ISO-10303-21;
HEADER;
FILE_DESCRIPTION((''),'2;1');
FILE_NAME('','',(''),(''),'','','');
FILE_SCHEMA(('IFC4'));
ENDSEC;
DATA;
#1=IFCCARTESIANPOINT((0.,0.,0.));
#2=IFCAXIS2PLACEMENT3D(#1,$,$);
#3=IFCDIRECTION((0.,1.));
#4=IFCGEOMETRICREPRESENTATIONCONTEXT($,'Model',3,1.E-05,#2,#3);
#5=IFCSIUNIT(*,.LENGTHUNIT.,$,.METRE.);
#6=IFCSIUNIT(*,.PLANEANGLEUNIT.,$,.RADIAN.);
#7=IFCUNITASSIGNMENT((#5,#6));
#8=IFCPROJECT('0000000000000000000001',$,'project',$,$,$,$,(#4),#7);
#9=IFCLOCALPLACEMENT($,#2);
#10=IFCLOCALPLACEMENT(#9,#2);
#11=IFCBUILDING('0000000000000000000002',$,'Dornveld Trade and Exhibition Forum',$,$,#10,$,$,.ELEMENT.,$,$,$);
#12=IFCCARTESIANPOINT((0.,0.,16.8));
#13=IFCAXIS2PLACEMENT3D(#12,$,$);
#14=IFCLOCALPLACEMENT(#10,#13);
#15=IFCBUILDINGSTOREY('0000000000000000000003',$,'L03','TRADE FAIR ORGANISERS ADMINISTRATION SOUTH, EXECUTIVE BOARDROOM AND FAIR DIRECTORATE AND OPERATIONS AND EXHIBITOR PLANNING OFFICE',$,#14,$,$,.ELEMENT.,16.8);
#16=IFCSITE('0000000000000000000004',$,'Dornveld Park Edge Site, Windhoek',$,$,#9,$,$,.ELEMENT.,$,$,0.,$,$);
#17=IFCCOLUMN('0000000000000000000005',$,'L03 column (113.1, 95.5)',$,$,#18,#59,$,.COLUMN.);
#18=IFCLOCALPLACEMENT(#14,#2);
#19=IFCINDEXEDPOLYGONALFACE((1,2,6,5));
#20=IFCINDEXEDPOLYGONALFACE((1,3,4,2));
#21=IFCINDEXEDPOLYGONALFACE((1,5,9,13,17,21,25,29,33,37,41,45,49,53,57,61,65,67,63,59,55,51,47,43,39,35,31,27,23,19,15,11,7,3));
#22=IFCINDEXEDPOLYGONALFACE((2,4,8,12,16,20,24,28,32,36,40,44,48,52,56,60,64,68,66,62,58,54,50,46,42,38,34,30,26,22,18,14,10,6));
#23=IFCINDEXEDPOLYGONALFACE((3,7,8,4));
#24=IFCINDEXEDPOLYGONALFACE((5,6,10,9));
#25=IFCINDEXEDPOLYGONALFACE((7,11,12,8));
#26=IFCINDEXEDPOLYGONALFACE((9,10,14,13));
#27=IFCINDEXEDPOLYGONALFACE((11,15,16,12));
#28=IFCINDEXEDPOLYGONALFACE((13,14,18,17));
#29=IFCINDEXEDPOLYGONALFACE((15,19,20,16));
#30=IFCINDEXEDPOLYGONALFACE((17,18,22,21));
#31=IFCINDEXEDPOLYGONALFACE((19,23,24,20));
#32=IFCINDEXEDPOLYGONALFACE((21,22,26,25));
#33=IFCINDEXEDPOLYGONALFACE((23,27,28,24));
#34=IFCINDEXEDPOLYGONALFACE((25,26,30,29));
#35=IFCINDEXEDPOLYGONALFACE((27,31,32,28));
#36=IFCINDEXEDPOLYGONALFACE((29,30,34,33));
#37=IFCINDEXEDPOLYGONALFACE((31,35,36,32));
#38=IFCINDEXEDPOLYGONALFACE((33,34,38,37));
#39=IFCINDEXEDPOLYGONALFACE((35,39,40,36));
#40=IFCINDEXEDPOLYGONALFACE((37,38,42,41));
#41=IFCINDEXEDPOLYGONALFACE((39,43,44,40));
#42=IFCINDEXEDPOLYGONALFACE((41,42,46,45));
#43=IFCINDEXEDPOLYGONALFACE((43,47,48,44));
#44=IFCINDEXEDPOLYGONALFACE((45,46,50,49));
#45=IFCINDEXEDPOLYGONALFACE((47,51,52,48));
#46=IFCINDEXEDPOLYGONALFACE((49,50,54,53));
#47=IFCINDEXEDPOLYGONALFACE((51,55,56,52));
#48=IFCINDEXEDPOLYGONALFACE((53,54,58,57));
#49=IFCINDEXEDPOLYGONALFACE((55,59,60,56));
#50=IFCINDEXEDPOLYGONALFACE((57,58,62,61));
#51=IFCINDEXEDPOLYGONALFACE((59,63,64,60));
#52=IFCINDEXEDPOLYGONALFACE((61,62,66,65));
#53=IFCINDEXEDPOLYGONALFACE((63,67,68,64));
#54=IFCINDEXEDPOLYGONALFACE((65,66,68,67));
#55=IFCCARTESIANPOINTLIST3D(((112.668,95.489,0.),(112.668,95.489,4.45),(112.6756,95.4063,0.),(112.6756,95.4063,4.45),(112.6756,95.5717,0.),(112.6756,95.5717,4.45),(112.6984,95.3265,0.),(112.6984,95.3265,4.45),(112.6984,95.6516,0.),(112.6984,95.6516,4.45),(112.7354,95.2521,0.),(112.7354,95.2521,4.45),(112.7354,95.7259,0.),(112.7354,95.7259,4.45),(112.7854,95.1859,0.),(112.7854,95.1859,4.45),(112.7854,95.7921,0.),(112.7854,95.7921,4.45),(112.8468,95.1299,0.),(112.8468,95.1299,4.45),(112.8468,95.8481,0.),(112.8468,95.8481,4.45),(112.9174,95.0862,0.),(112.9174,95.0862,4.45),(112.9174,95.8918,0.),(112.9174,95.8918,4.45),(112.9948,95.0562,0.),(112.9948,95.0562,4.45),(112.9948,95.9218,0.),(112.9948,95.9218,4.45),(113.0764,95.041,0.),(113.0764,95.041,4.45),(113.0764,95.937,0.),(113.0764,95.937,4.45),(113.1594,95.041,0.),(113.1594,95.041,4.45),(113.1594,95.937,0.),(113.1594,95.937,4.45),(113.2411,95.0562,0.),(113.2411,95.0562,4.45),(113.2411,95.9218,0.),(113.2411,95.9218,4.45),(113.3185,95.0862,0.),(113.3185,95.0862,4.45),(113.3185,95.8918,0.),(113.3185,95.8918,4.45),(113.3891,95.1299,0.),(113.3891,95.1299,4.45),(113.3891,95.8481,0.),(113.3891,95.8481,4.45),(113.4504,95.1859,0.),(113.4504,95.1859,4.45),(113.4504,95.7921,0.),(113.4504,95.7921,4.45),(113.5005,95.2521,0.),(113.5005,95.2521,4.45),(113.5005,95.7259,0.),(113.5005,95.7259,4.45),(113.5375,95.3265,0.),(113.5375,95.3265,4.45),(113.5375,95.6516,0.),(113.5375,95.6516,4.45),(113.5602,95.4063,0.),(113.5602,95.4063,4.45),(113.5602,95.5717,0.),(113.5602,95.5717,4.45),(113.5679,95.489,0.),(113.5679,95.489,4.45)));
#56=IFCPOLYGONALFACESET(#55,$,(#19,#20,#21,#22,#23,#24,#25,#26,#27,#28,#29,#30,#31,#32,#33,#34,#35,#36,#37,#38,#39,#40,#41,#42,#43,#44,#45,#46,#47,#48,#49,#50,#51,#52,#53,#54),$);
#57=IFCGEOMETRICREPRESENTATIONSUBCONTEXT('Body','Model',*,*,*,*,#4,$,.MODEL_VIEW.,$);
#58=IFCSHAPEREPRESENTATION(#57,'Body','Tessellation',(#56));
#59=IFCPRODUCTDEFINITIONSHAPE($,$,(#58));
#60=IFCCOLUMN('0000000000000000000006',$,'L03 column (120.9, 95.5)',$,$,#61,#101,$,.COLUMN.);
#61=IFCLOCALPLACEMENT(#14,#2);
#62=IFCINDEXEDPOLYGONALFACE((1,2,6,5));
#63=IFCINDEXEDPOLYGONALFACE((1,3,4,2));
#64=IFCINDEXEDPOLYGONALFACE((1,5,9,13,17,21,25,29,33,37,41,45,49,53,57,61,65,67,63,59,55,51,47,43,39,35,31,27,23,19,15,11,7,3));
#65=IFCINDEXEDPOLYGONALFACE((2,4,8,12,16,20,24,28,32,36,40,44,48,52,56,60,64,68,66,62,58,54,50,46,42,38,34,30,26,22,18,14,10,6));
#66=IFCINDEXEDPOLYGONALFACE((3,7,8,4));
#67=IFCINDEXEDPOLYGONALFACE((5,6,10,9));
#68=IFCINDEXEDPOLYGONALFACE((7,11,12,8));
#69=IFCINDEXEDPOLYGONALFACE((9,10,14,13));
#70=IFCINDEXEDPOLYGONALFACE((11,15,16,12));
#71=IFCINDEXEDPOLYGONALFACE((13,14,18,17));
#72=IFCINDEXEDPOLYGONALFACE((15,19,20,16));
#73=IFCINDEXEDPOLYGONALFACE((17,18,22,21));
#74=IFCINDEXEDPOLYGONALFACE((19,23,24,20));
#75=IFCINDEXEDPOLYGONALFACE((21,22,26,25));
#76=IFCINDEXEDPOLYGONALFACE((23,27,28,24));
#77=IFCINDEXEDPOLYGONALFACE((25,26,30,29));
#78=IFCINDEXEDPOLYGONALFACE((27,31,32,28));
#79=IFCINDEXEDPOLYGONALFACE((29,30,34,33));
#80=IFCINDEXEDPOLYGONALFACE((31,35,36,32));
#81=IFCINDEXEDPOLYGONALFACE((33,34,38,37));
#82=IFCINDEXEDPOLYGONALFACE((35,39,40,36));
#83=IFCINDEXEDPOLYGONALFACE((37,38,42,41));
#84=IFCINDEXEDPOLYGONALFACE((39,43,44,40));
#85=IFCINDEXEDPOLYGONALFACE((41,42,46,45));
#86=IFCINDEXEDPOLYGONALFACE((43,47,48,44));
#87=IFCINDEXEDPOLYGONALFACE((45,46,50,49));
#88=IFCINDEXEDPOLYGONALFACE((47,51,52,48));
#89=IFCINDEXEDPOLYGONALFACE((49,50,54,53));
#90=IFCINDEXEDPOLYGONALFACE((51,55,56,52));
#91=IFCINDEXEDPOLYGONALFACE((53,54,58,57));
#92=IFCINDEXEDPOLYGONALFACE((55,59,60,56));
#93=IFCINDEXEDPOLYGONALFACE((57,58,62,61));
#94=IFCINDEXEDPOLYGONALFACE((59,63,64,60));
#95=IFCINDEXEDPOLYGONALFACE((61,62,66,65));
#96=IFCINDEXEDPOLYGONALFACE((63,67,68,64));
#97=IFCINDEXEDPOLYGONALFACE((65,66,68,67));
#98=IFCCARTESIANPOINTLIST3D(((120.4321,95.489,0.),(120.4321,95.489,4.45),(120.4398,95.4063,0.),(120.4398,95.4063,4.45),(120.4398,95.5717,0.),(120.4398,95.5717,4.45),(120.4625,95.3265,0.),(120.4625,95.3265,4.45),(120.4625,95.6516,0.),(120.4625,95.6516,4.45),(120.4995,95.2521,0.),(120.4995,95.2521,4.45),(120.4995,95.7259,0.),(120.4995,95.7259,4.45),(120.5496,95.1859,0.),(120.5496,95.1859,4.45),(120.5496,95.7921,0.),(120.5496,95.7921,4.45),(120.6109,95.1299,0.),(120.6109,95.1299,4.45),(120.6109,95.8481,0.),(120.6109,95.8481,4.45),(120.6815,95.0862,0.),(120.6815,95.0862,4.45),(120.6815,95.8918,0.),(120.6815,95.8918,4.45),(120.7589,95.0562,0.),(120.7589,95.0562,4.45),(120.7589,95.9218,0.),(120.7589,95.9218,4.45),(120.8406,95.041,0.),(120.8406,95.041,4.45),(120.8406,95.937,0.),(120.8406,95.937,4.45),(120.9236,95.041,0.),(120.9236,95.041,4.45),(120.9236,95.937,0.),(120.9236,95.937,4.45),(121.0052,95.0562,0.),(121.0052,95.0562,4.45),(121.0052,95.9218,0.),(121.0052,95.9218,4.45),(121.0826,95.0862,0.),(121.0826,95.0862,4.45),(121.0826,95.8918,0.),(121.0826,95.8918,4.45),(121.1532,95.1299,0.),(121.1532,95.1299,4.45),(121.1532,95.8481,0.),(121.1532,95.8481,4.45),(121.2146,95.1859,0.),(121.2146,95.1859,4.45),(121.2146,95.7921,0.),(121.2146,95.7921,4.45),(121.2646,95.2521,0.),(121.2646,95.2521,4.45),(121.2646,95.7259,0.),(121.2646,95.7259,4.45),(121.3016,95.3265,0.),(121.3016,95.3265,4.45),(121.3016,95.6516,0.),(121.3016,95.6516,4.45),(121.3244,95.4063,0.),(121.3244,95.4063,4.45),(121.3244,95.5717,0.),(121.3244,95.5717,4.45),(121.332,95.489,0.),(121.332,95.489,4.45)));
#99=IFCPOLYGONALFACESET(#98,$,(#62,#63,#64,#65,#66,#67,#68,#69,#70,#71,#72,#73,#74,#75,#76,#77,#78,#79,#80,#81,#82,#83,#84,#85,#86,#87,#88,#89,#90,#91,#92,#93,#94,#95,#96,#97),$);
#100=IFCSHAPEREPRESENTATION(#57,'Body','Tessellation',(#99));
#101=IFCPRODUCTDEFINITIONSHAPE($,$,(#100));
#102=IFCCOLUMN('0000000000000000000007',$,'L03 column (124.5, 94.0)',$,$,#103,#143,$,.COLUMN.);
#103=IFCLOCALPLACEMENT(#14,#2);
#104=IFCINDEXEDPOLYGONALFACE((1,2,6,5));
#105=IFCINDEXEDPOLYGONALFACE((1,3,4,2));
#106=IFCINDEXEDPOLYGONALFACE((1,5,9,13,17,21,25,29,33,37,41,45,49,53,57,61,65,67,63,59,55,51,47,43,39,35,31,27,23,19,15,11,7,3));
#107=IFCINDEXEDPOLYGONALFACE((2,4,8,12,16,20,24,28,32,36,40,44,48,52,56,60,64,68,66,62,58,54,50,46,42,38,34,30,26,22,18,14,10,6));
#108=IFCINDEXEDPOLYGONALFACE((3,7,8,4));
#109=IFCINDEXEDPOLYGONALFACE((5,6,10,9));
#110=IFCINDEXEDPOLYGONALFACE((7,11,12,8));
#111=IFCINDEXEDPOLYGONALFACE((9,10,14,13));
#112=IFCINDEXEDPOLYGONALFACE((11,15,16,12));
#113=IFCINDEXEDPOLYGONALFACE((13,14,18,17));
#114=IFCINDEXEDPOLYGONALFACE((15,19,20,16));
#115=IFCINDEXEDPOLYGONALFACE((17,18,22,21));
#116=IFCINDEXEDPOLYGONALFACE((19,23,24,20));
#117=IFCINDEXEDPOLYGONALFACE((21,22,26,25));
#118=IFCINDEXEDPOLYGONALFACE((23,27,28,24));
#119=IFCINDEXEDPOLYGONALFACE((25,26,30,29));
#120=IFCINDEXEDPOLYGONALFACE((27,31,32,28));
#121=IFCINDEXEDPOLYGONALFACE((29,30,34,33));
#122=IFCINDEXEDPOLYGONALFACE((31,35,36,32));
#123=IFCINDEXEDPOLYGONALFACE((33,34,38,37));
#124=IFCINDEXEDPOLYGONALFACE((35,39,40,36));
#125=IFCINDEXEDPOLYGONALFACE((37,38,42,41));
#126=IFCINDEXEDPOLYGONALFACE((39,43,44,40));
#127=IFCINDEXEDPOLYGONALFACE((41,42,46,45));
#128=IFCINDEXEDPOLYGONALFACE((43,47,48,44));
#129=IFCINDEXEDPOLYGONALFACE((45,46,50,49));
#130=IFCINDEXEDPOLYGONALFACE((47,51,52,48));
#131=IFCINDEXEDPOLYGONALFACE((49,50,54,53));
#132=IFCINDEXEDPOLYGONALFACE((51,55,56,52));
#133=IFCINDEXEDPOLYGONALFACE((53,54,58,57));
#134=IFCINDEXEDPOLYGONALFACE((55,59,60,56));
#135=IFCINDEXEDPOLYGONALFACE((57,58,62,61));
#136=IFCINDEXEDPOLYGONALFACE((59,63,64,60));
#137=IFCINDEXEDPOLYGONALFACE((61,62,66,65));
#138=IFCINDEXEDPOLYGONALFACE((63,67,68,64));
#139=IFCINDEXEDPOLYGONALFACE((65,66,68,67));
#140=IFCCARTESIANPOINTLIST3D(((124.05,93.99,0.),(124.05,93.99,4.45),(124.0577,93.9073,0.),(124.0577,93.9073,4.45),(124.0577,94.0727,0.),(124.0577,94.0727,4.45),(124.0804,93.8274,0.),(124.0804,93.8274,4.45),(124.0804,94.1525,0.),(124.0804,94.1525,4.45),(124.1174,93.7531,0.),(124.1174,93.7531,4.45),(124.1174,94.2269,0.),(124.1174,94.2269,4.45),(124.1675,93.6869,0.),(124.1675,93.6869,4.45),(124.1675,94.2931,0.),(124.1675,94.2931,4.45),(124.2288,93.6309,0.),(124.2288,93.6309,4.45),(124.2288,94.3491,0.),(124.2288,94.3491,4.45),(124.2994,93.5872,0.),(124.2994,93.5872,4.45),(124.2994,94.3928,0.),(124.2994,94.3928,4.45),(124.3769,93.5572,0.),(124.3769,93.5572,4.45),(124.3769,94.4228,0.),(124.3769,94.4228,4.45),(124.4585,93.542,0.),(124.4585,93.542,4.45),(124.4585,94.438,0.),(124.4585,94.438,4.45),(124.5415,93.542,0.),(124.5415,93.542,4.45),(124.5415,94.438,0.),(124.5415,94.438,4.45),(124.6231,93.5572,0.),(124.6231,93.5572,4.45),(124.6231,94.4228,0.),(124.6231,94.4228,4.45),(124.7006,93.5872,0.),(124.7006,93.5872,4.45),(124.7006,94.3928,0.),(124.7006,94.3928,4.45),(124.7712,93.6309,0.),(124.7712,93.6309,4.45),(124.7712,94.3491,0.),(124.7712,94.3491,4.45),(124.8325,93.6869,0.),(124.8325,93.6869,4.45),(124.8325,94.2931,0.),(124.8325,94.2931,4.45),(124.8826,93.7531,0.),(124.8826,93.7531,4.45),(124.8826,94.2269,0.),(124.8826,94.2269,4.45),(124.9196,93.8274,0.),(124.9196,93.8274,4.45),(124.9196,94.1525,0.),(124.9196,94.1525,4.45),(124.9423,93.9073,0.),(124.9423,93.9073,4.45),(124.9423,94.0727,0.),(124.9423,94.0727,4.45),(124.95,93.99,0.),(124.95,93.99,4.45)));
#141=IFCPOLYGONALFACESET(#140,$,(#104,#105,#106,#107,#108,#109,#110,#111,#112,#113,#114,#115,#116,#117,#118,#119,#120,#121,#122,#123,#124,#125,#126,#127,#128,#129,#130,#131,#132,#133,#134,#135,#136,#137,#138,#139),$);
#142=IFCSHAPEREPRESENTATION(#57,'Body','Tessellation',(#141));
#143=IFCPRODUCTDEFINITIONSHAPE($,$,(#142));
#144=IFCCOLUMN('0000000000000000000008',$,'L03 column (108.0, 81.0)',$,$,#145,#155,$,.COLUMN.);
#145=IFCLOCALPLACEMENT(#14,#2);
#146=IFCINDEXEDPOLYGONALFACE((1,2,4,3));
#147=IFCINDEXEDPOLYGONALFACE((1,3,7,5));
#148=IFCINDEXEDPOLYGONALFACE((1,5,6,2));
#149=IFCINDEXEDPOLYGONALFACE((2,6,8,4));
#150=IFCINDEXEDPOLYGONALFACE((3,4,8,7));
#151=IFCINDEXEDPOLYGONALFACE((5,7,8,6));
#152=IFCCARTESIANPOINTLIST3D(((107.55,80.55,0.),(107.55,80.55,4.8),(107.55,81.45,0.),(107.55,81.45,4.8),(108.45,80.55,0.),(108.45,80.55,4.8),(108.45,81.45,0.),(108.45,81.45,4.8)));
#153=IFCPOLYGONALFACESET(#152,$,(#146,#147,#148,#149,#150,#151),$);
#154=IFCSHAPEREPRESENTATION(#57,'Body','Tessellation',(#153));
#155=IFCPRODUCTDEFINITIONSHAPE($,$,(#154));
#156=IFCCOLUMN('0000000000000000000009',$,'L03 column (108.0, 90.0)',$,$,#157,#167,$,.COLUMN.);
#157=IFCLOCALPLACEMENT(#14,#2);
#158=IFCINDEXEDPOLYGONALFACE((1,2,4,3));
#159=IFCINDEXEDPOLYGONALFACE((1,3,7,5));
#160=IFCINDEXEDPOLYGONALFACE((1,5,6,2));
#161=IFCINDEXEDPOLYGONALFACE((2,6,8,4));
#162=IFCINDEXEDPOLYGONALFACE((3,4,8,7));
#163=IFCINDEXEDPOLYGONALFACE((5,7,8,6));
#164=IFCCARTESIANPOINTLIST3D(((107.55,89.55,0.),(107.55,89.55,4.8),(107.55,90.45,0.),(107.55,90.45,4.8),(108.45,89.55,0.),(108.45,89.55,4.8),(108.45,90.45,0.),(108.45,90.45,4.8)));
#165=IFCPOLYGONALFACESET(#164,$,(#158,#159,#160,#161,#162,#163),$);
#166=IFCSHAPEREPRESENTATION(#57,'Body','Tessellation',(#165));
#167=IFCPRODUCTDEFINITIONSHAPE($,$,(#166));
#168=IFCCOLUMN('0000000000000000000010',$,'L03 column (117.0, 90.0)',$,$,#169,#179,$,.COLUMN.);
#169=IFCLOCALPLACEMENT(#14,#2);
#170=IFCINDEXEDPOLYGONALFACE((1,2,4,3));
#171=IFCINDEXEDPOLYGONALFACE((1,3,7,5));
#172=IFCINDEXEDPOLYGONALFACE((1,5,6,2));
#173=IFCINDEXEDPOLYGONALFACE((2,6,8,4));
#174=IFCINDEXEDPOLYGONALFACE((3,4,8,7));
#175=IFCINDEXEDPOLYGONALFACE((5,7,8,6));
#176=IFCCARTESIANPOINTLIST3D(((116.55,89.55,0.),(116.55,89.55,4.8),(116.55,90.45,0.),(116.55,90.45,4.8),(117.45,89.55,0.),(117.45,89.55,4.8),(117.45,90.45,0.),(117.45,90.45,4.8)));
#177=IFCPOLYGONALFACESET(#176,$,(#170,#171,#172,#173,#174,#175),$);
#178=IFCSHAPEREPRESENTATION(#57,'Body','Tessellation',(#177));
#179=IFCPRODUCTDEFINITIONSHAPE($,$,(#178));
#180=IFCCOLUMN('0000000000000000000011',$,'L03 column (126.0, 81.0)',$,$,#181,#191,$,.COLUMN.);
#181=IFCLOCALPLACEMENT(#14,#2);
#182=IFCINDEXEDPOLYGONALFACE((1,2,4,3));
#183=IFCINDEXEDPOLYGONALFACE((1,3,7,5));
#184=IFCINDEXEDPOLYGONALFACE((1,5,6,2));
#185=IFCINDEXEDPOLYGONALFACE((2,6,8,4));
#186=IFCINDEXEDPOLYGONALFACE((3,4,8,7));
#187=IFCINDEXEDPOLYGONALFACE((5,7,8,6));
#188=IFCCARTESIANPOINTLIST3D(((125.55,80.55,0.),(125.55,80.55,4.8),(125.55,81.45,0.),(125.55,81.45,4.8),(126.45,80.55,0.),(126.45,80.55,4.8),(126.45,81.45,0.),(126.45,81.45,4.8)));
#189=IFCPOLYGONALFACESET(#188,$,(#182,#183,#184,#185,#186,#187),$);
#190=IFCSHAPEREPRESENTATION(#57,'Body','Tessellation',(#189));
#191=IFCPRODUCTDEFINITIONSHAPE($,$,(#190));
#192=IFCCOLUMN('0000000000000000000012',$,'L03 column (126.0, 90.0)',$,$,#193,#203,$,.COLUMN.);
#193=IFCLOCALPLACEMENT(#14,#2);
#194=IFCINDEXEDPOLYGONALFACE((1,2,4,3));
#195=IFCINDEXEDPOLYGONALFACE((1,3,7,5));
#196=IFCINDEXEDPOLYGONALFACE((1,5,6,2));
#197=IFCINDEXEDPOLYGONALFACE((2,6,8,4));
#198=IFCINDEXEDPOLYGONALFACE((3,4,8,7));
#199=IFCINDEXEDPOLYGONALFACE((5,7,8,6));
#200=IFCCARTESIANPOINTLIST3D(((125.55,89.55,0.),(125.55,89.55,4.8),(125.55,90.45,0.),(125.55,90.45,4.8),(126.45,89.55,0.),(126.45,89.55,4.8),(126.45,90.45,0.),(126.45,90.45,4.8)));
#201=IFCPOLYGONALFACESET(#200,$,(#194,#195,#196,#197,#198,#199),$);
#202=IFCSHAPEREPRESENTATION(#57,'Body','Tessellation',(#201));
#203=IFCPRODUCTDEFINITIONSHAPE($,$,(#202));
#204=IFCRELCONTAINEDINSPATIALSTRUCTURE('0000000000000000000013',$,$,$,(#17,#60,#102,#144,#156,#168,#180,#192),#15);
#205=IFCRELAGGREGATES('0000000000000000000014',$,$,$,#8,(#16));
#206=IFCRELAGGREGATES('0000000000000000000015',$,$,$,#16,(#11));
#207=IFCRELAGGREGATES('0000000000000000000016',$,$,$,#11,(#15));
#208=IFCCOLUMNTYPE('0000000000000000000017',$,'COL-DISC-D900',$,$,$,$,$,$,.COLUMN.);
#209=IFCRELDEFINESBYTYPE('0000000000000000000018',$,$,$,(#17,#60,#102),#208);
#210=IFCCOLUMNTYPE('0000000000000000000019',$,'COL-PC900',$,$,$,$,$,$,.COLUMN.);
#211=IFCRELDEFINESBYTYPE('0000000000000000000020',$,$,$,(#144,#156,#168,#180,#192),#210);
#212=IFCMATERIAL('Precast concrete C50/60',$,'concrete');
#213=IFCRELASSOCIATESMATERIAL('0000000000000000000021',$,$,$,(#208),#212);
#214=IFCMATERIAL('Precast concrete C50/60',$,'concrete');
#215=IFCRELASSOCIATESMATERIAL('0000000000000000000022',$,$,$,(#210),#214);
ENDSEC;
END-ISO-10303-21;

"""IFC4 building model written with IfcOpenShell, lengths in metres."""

from ifc_helpers import new_model, si_unit, direction, frame, origin, origin_2d, place, context, subcontext, project, spatial, rectangle, circle, extrude, material, material_profile, profile_set, type_object, element, save


model = new_model("IFC4")

# Units and contexts
model_context = context("Model", 3, precision=1e-05, world=origin(), true_north=direction((0.0, 1.0)))
body_context = subcontext(model_context, "Body", "Model", "MODEL_VIEW")
ifc_project = project(units=[si_unit("LENGTHUNIT", "METRE"), si_unit("PLANEANGLEUNIT", "RADIAN")], contexts=[model_context])

# Site, building, storey
site_placement = place(None, origin())
site = spatial("IfcSite", under=ifc_project, at=site_placement, Name="Dornveld Park Edge Site, Windhoek", CompositionType="ELEMENT", RefElevation=0.0)
building_placement = place(site_placement, origin())
building = spatial("IfcBuilding", under=site, at=building_placement, Name="Dornveld Trade and Exhibition Forum", CompositionType="ELEMENT")
storey_placement = place(building_placement, frame((0.0, 0.0, 16.8)))
storey = spatial("IfcBuildingStorey", under=building, at=storey_placement, Name="L03", Description="TRADE FAIR ORGANISERS ADMINISTRATION SOUTH, EXECUTIVE BOARDROOM AND FAIR DIRECTORATE AND OPERATIONS AND EXHIBITOR PLANNING OFFICE", CompositionType="ELEMENT", Elevation=16.8)

# Columns
ifc_material_1 = material(Name="Precast concrete C50/60", Category="concrete")
ifc_material_profile_1 = material_profile(ifc_material_1, circle(Radius=0.45, at=origin_2d()), Name="PC-COL D900")
ifc_profile_set_1 = profile_set([ifc_material_profile_1], Name="Precast concrete C50/60")
column_type_1 = type_object("IfcColumnType", Name="COL-DISC-D900", PredefinedType="COLUMN", material=ifc_profile_set_1)
for number, where, z_axis, x_axis, name in (
    (1, (113.1179, 95.489, 0.0), (0.0, 0.0, 1.0), (1.0, 0.0, 0.0), "L03 column (113.1, 95.5)"),
    (2, (120.8821, 95.489, 0.0), (0.0, 0.0, 1.0), (1.0, 0.0, 0.0), "L03 column (120.9, 95.5)"),
    (3, (124.5, 93.99, 0.0), (0.0, 0.0, 1.0), (1.0, 0.0, 0.0), "L03 column (124.5, 94.0)"),
):
    element("IfcColumn", number, at=place(storey_placement, frame(where, z_axis=z_axis, x_axis=x_axis)), inside=storey, type_object=column_type_1, Name=name, PredefinedType="COLUMN", context=body_context, shape_type="SweptSolid", body=[
        extrude(circle(Radius=0.45, at=origin_2d()), origin(), (0.0, 0.0, 1.0), 4.45),
    ])
ifc_material_2 = material(Name="Precast concrete C50/60", Category="concrete")
ifc_material_profile_2 = material_profile(ifc_material_2, rectangle(XDim=0.8999, YDim=0.8999, at=origin_2d()), Name="PC-COL 900x900")
ifc_profile_set_2 = profile_set([ifc_material_profile_2], Name="Precast concrete C50/60")
column_type_2 = type_object("IfcColumnType", Name="COL-PC900", PredefinedType="COLUMN", material=ifc_profile_set_2)
for number, where, z_axis, x_axis, name in (
    (4, (108.0, 81.0, 0.0), (0.0, 0.0, 1.0), (1.0, 0.0, 0.0), "L03 column (108.0, 81.0)"),
    (5, (108.0, 90.0, 0.0), (0.0, 0.0, 1.0), (1.0, 0.0, 0.0), "L03 column (108.0, 90.0)"),
    (6, (117.0, 90.0, 0.0), (0.0, 0.0, 1.0), (1.0, 0.0, 0.0), "L03 column (117.0, 90.0)"),
    (7, (126.0, 81.0, 0.0), (0.0, 0.0, 1.0), (1.0, 0.0, 0.0), "L03 column (126.0, 81.0)"),
    (8, (126.0, 90.0, 0.0), (0.0, 0.0, 1.0), (1.0, 0.0, 0.0), "L03 column (126.0, 90.0)"),
):
    element("IfcColumn", number, at=place(storey_placement, frame(where, z_axis=z_axis, x_axis=x_axis)), inside=storey, type_object=column_type_2, Name=name, PredefinedType="COLUMN", context=body_context, shape_type="SweptSolid", body=[
        extrude(rectangle(XDim=0.8999, YDim=0.8999, at=origin_2d()), origin(), (0.0, 0.0, 1.0), 4.8),
    ])

save(model, "model.ifc")
